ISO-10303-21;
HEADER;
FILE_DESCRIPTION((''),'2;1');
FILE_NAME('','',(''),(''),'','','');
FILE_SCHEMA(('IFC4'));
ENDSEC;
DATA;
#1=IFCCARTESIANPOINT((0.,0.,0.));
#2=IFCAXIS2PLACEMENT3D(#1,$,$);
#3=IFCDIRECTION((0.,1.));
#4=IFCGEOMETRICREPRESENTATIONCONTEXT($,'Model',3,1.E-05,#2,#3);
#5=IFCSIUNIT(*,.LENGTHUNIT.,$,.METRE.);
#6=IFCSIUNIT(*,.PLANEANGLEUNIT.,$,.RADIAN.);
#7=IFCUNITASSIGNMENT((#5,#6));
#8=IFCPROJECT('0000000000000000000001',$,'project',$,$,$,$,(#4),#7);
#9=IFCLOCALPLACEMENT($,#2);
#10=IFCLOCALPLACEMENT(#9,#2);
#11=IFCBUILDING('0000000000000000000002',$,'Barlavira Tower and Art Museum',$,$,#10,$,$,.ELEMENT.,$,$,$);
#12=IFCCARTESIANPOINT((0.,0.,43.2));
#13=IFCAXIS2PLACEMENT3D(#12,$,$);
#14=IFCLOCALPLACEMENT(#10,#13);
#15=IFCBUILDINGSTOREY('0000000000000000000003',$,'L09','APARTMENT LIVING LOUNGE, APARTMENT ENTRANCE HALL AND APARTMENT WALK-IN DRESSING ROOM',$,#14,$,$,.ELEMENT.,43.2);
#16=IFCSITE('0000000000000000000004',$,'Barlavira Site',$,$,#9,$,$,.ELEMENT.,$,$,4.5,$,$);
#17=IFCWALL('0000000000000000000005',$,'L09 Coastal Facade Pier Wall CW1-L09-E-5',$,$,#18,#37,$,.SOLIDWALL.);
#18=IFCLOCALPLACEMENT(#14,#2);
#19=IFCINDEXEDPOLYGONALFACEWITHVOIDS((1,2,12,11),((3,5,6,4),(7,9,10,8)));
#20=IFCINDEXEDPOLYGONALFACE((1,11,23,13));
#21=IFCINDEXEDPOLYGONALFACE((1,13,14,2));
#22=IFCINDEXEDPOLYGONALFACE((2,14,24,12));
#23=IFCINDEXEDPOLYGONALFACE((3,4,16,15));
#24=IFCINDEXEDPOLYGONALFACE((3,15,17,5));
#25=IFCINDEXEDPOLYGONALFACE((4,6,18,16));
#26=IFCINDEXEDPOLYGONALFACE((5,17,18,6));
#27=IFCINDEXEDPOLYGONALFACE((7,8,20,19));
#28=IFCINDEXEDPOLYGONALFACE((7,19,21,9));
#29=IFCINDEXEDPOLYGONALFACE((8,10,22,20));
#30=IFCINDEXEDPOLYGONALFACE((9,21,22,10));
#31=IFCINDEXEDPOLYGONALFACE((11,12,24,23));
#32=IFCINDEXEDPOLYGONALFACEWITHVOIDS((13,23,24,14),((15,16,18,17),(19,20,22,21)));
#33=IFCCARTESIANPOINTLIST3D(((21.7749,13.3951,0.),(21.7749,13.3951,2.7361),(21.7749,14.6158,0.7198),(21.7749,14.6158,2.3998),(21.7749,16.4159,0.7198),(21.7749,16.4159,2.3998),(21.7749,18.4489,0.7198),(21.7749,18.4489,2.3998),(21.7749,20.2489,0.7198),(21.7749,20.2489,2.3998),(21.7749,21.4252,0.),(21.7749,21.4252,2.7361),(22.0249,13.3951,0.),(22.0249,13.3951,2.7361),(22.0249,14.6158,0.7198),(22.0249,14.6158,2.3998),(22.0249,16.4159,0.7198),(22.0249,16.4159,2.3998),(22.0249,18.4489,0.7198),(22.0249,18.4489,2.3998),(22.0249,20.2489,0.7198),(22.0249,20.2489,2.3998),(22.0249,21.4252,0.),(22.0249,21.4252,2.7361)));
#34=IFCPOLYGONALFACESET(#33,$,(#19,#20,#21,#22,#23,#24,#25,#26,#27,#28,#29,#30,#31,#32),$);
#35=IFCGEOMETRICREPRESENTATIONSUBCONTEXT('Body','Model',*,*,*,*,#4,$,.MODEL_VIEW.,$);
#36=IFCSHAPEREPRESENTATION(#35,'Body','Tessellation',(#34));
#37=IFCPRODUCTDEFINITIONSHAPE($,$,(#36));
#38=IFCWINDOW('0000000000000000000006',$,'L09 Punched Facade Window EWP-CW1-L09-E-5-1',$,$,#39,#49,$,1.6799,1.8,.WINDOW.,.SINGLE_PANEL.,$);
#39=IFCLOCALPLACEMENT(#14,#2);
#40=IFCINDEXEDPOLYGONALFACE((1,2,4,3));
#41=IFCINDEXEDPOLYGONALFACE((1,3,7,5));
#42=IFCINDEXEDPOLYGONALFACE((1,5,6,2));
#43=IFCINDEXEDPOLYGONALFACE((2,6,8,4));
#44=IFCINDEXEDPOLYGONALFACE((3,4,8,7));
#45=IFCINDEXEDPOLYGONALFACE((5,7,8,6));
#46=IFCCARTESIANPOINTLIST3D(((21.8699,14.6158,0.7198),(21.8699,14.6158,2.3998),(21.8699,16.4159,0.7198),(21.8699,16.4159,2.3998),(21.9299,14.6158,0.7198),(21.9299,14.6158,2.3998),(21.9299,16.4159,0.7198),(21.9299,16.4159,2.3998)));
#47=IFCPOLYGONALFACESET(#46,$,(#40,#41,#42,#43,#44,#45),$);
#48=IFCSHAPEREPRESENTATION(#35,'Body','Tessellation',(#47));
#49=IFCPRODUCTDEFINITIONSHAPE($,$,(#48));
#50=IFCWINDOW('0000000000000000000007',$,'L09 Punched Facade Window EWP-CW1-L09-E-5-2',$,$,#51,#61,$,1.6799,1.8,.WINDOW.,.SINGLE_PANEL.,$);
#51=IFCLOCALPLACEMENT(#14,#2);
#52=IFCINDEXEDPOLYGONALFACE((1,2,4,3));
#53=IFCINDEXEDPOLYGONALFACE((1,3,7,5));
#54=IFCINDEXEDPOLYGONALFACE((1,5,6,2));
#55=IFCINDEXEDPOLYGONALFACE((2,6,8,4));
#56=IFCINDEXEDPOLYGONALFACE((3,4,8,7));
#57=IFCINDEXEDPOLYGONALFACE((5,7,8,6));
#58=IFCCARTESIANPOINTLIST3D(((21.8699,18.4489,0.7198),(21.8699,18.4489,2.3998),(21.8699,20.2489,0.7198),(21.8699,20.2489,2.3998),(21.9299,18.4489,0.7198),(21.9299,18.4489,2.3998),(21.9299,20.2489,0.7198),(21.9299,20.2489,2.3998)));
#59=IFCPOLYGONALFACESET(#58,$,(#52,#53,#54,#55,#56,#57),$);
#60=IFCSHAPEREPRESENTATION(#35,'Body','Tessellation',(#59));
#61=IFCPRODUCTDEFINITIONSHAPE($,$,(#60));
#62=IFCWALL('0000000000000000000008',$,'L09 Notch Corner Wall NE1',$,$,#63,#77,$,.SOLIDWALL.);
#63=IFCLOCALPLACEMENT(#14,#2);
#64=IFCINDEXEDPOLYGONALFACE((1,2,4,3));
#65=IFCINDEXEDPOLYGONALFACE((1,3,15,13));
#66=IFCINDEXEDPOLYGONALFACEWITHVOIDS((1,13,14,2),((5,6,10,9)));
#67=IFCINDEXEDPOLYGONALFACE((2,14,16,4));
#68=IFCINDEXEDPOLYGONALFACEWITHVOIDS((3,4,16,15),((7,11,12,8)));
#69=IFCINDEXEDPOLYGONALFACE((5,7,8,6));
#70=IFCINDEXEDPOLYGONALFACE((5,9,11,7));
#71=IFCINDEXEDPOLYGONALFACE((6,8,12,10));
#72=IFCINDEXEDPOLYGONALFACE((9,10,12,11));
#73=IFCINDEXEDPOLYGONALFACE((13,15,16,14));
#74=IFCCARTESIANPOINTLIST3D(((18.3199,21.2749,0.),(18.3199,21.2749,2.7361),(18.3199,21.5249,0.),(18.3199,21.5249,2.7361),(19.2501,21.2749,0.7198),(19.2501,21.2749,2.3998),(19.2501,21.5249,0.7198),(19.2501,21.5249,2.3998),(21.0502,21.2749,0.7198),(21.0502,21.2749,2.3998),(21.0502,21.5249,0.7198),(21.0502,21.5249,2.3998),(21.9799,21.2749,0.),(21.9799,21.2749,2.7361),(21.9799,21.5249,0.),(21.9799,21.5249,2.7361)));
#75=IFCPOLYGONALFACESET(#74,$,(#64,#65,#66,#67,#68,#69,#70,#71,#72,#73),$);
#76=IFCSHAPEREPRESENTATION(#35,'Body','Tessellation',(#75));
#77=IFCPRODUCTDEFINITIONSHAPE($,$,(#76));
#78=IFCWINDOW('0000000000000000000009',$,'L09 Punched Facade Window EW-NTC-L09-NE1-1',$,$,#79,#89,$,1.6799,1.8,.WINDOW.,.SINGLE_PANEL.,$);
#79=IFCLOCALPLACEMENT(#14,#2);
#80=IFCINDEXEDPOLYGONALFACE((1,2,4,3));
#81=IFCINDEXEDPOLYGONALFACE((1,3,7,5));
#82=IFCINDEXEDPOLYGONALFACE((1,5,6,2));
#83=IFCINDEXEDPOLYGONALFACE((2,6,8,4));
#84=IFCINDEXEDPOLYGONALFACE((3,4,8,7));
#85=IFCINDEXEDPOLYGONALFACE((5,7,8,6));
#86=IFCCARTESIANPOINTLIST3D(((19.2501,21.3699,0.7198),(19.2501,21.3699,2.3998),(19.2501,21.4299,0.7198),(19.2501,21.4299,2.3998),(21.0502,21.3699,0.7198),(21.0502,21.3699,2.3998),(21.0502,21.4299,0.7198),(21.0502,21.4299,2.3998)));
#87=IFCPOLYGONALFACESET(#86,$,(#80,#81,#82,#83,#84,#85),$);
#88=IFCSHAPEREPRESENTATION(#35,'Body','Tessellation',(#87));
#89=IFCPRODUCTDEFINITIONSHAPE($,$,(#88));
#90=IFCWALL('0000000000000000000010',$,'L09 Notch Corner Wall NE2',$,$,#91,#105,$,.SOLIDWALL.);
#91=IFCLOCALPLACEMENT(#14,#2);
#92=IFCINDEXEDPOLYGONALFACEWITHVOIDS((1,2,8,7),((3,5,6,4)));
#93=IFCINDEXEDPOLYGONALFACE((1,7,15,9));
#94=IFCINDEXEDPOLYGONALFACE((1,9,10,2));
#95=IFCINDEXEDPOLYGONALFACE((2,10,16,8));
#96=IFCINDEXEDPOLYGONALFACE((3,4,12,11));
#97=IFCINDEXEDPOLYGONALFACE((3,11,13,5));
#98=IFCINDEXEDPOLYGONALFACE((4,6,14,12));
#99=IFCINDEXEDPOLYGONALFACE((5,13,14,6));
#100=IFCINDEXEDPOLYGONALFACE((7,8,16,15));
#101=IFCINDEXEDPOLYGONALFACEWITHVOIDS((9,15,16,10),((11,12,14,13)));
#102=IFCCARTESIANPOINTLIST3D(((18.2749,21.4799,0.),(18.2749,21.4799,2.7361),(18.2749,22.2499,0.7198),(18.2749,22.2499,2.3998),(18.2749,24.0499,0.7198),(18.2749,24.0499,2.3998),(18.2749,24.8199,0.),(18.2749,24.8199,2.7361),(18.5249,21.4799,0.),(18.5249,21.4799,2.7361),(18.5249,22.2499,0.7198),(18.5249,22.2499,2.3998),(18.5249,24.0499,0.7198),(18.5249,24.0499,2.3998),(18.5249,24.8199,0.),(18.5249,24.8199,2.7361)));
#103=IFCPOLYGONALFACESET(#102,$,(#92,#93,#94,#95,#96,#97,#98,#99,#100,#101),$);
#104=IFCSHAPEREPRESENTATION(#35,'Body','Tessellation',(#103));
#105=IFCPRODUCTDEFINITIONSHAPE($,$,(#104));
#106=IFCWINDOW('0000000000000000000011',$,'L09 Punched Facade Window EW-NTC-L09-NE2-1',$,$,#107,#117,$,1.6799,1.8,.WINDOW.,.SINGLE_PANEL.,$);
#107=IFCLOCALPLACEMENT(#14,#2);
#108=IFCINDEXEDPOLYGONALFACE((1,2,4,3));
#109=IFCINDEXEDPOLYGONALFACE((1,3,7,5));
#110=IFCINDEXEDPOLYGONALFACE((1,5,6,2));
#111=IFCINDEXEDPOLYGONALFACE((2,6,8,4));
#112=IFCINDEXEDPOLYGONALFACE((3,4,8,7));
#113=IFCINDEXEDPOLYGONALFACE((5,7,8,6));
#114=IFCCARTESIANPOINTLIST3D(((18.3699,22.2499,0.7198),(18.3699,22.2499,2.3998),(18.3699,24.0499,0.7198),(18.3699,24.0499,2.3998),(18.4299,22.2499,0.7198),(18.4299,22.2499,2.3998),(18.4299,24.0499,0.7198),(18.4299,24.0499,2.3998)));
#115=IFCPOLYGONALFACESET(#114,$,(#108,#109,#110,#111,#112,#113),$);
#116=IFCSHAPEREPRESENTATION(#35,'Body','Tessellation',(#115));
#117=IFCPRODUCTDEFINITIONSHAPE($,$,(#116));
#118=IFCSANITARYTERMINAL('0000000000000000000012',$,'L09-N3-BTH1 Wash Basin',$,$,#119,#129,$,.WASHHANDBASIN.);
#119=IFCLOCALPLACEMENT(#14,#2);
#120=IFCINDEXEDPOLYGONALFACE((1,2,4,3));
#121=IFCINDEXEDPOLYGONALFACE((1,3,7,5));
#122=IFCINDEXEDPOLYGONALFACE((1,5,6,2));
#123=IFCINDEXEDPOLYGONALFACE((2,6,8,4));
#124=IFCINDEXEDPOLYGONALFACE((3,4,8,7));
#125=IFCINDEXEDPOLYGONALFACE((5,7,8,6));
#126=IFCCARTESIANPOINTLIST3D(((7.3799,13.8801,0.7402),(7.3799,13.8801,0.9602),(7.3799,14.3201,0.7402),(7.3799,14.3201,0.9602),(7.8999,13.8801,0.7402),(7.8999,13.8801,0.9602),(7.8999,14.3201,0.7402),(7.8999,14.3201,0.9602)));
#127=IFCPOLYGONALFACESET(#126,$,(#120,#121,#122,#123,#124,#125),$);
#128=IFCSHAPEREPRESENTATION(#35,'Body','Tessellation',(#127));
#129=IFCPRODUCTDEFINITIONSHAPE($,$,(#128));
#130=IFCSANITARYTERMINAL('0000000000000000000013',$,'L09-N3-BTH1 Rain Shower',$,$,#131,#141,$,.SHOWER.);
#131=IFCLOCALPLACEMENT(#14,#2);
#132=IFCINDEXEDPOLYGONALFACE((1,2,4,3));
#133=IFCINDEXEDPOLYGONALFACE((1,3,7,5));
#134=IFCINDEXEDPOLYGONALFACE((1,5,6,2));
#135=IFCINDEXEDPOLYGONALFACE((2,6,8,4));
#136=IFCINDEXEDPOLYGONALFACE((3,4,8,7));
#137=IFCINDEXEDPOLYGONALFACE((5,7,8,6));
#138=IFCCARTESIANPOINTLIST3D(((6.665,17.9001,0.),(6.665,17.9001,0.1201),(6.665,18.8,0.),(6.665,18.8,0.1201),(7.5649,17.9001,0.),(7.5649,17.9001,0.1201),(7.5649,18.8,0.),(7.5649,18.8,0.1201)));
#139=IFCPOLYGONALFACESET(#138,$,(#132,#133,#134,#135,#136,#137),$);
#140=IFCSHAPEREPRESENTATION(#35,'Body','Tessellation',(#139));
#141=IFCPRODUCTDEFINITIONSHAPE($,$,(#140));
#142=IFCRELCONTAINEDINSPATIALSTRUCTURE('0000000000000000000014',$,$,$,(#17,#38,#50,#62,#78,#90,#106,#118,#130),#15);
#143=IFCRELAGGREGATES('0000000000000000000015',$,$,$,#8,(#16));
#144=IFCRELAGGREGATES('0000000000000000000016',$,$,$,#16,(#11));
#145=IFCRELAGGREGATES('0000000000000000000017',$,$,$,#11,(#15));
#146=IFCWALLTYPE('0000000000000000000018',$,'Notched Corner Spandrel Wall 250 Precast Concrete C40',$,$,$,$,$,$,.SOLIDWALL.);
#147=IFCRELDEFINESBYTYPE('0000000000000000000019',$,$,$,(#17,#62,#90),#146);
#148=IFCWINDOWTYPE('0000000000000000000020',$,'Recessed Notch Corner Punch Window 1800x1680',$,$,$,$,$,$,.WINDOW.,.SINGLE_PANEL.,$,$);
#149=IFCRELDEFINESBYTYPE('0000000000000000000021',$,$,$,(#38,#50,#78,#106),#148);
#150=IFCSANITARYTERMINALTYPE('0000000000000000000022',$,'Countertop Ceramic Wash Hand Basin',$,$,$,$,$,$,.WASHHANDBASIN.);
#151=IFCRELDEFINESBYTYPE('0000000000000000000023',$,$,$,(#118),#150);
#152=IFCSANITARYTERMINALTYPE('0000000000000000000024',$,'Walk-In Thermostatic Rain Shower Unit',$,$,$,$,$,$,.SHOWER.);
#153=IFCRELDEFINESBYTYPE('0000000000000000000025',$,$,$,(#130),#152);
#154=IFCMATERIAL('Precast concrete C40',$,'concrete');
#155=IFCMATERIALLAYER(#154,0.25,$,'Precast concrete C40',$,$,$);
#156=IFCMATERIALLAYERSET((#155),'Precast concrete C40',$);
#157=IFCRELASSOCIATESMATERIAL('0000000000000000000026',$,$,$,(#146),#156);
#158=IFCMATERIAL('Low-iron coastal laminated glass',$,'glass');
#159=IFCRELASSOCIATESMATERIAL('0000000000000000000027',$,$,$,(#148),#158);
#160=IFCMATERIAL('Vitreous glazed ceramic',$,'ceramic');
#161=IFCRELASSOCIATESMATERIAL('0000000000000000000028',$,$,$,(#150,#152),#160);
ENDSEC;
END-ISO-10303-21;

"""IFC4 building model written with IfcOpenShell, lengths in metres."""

from ifc_helpers import new_model, si_unit, direction, frame, frame_2d, origin, origin_2d, place, context, subcontext, project, spatial, rectangle, extrude, material, layer, layer_set, type_object, element, fill, save


model = new_model("IFC4")

# Units and contexts
model_context = context("Model", 3, precision=1e-05, world=origin(), true_north=direction((0.0, 1.0)))
body_context = subcontext(model_context, "Body", "Model", "MODEL_VIEW")
ifc_project = project(units=[si_unit("LENGTHUNIT", "METRE"), si_unit("PLANEANGLEUNIT", "RADIAN")], contexts=[model_context])

# Site, building, storey
site_placement = place(None, origin())
site = spatial("IfcSite", under=ifc_project, at=site_placement, Name="Barlavira Site", CompositionType="ELEMENT", RefElevation=4.5)
building_placement = place(site_placement, origin())
building = spatial("IfcBuilding", under=site, at=building_placement, Name="Barlavira Tower and Art Museum", CompositionType="ELEMENT")
storey_placement = place(building_placement, frame((0.0, 0.0, 43.2)))
storey = spatial("IfcBuildingStorey", under=building, at=storey_placement, Name="L09", Description="APARTMENT LIVING LOUNGE, APARTMENT ENTRANCE HALL AND APARTMENT WALK-IN DRESSING ROOM", CompositionType="ELEMENT", Elevation=43.2)

# Shared definitions
ifc_material_1 = material(Name="Precast concrete C40", Category="concrete")
ifc_layer_1 = layer(ifc_material_1, 0.25, Name="Precast concrete C40")
ifc_layer_set_1 = layer_set([ifc_layer_1], Name="Precast concrete C40")
wall_type_1 = type_object("IfcWallType", Name="Notched Corner Spandrel Wall 250 Precast Concrete C40", PredefinedType="SOLIDWALL", material=ifc_layer_set_1)
ifc_material_2 = material(Name="Low-iron coastal laminated glass", Category="glass")
window_type = type_object("IfcWindowType", Name="Recessed Notch Corner Punch Window 1800x1680", PartitioningType="SINGLE_PANEL", PredefinedType="WINDOW", material=ifc_material_2)

# Wall, openings, windows
wall_1_placement = place(storey_placement, frame((21.8999, 13.395, 0.0), z_axis=(0.0, 0.0, 1.0), x_axis=(0.0, 1.0, 0.0)))
wall_1 = element("IfcWall", 1, at=wall_1_placement, inside=storey, type_object=wall_type_1, Name="L09 Coastal Facade Pier Wall CW1-L09-E-5", PredefinedType="SOLIDWALL", context=body_context, shape_type="SweptSolid", body=[
    extrude(rectangle(XDim=8.03, YDim=0.25, at=frame_2d((4.0151, 0.0))), origin(), (0.0, 0.0, 1.0), 2.7361),
])
opening_1_placement = place(wall_1_placement, frame((1.2209, 0.0, 0.72)))
opening_1 = element("IfcOpeningElement", 2, at=opening_1_placement, cuts=wall_1, PredefinedType="OPENING", context=body_context, shape_type="SweptSolid", body=[
    extrude(rectangle(XDim=1.8, YDim=1.6799, at=frame_2d((0.8999, 0.8398))), frame((0.0, 0.135, 0.0), z_axis=(0.0, -1.0, 0.0), x_axis=(1.0, 0.0, 0.0)), (0.0, 0.0, 1.0), 0.27),
])
opening_2_placement = place(wall_1_placement, frame((5.054, 0.0, 0.72)))
opening_2 = element("IfcOpeningElement", 3, at=opening_2_placement, cuts=wall_1, PredefinedType="OPENING", context=body_context, shape_type="SweptSolid", body=[
    extrude(rectangle(XDim=1.8, YDim=1.6799, at=frame_2d((0.8999, 0.8398))), frame((0.0, 0.135, 0.0), z_axis=(0.0, -1.0, 0.0), x_axis=(1.0, 0.0, 0.0)), (0.0, 0.0, 1.0), 0.27),
])
window_1_placement = place(opening_1_placement, origin())
window_1 = element("IfcWindow", 4, at=window_1_placement, inside=storey, type_object=window_type, Name="L09 Punched Facade Window EWP-CW1-L09-E-5-1", OverallHeight=1.6799, OverallWidth=1.8, PartitioningType="SINGLE_PANEL", PredefinedType="WINDOW", context=body_context, shape_type="SweptSolid", body=[
    extrude(rectangle(XDim=1.8, YDim=1.6799, at=frame_2d((0.8999, 0.8398))), frame((0.0, 0.03, 0.0), z_axis=(0.0, -1.0, 0.0), x_axis=(1.0, 0.0, 0.0)), (0.0, 0.0, 1.0), 0.0601),
])
fill(opening_1, window_1)
window_2_placement = place(opening_2_placement, origin())
window_2 = element("IfcWindow", 5, at=window_2_placement, inside=storey, type_object=window_type, Name="L09 Punched Facade Window EWP-CW1-L09-E-5-2", OverallHeight=1.6799, OverallWidth=1.8, PartitioningType="SINGLE_PANEL", PredefinedType="WINDOW", context=body_context, shape_type="SweptSolid", body=[
    extrude(rectangle(XDim=1.8, YDim=1.6799, at=frame_2d((0.8999, 0.8398))), frame((0.0, 0.03, 0.0), z_axis=(0.0, -1.0, 0.0), x_axis=(1.0, 0.0, 0.0)), (0.0, 0.0, 1.0), 0.0601),
])
fill(opening_2, window_2)

# Walls, openings, windows
wall_2_placement = place(storey_placement, frame((21.98, 21.3999, 0.0), z_axis=(0.0, 0.0, 1.0), x_axis=(-1.0, 0.0, 0.0)))
wall_2 = element("IfcWall", 6, at=wall_2_placement, inside=storey, type_object=wall_type_1, Name="L09 Notch Corner Wall NE1", PredefinedType="SOLIDWALL", context=body_context, shape_type="SweptSolid", body=[
    extrude(rectangle(XDim=3.6599, YDim=0.25, at=frame_2d((1.8301, 0.0))), origin(), (0.0, 0.0, 1.0), 2.7361),
])
opening_3_placement = place(wall_2_placement, frame((0.9299, 0.0, 0.72)))
opening_3 = element("IfcOpeningElement", 7, at=opening_3_placement, cuts=wall_2, PredefinedType="OPENING", context=body_context, shape_type="SweptSolid", body=[
    extrude(rectangle(XDim=1.8, YDim=1.6799, at=frame_2d((0.8999, 0.8398))), frame((0.0, 0.135, 0.0), z_axis=(0.0, -1.0, 0.0), x_axis=(1.0, 0.0, 0.0)), (0.0, 0.0, 1.0), 0.27),
])
window_3_placement = place(opening_3_placement, origin())
window_3 = element("IfcWindow", 8, at=window_3_placement, inside=storey, type_object=window_type, Name="L09 Punched Facade Window EW-NTC-L09-NE1-1", OverallHeight=1.6799, OverallWidth=1.8, PartitioningType="SINGLE_PANEL", PredefinedType="WINDOW", context=body_context, shape_type="SweptSolid", body=[
    extrude(rectangle(XDim=1.8, YDim=1.6799, at=frame_2d((0.8999, 0.8398))), frame((0.0, 0.03, 0.0), z_axis=(0.0, -1.0, 0.0), x_axis=(1.0, 0.0, 0.0)), (0.0, 0.0, 1.0), 0.0601),
])
fill(opening_3, window_3)
wall_3_placement = place(storey_placement, frame((18.3999, 21.48, 0.0), z_axis=(0.0, 0.0, 1.0), x_axis=(0.0, 1.0, 0.0)))
wall_3 = element("IfcWall", 9, at=wall_3_placement, inside=storey, type_object=wall_type_1, Name="L09 Notch Corner Wall NE2", PredefinedType="SOLIDWALL", context=body_context, shape_type="SweptSolid", body=[
    extrude(rectangle(XDim=3.3401, YDim=0.25, at=frame_2d((1.6699, 0.0))), origin(), (0.0, 0.0, 1.0), 2.7361),
])
opening_4_placement = place(wall_3_placement, frame((0.77, 0.0, 0.72)))
opening_4 = element("IfcOpeningElement", 10, at=opening_4_placement, cuts=wall_3, PredefinedType="OPENING", context=body_context, shape_type="SweptSolid", body=[
    extrude(rectangle(XDim=1.8, YDim=1.6799, at=frame_2d((0.8999, 0.8398))), frame((0.0, 0.135, 0.0), z_axis=(0.0, -1.0, 0.0), x_axis=(1.0, 0.0, 0.0)), (0.0, 0.0, 1.0), 0.27),
])
window_4_placement = place(opening_4_placement, origin())
window_4 = element("IfcWindow", 11, at=window_4_placement, inside=storey, type_object=window_type, Name="L09 Punched Facade Window EW-NTC-L09-NE2-1", OverallHeight=1.6799, OverallWidth=1.8, PartitioningType="SINGLE_PANEL", PredefinedType="WINDOW", context=body_context, shape_type="SweptSolid", body=[
    extrude(rectangle(XDim=1.8, YDim=1.6799, at=frame_2d((0.8999, 0.8398))), frame((0.0, 0.03, 0.0), z_axis=(0.0, -1.0, 0.0), x_axis=(1.0, 0.0, 0.0)), (0.0, 0.0, 1.0), 0.0601),
])
fill(opening_4, window_4)

# Sanitary terminals
ifc_material_3 = material(Name="Vitreous glazed ceramic", Category="ceramic")
sanitary_terminal_type_1 = type_object("IfcSanitaryTerminalType", Name="Countertop Ceramic Wash Hand Basin", PredefinedType="WASHHANDBASIN", material=ifc_material_3)
sanitary_terminal_1_placement = place(storey_placement, frame((7.6399, 14.1001, 0.7402), z_axis=(0.0, 0.0, 1.0), x_axis=(1.0, 0.0, 0.0)))
element("IfcSanitaryTerminal", 12, at=sanitary_terminal_1_placement, inside=storey, type_object=sanitary_terminal_type_1, Name="L09-N3-BTH1 Wash Basin", PredefinedType="WASHHANDBASIN", context=body_context, shape_type="SweptSolid", body=[
    extrude(rectangle(XDim=0.52, YDim=0.4399, at=origin_2d()), origin(), (0.0, 0.0, 1.0), 0.22),
])
sanitary_terminal_type_2 = type_object("IfcSanitaryTerminalType", Name="Walk-In Thermostatic Rain Shower Unit", PredefinedType="SHOWER", material=ifc_material_3)
sanitary_terminal_2_placement = place(storey_placement, frame((7.115, 18.3501, 0.0), z_axis=(0.0, 0.0, 1.0), x_axis=(1.0, 0.0, 0.0)))
element("IfcSanitaryTerminal", 13, at=sanitary_terminal_2_placement, inside=storey, type_object=sanitary_terminal_type_2, Name="L09-N3-BTH1 Rain Shower", PredefinedType="SHOWER", context=body_context, shape_type="SweptSolid", body=[
    extrude(rectangle(XDim=0.8999, YDim=0.8999, at=origin_2d()), origin(), (0.0, 0.0, 1.0), 0.1201),
])

save(model, "model.ifc")
